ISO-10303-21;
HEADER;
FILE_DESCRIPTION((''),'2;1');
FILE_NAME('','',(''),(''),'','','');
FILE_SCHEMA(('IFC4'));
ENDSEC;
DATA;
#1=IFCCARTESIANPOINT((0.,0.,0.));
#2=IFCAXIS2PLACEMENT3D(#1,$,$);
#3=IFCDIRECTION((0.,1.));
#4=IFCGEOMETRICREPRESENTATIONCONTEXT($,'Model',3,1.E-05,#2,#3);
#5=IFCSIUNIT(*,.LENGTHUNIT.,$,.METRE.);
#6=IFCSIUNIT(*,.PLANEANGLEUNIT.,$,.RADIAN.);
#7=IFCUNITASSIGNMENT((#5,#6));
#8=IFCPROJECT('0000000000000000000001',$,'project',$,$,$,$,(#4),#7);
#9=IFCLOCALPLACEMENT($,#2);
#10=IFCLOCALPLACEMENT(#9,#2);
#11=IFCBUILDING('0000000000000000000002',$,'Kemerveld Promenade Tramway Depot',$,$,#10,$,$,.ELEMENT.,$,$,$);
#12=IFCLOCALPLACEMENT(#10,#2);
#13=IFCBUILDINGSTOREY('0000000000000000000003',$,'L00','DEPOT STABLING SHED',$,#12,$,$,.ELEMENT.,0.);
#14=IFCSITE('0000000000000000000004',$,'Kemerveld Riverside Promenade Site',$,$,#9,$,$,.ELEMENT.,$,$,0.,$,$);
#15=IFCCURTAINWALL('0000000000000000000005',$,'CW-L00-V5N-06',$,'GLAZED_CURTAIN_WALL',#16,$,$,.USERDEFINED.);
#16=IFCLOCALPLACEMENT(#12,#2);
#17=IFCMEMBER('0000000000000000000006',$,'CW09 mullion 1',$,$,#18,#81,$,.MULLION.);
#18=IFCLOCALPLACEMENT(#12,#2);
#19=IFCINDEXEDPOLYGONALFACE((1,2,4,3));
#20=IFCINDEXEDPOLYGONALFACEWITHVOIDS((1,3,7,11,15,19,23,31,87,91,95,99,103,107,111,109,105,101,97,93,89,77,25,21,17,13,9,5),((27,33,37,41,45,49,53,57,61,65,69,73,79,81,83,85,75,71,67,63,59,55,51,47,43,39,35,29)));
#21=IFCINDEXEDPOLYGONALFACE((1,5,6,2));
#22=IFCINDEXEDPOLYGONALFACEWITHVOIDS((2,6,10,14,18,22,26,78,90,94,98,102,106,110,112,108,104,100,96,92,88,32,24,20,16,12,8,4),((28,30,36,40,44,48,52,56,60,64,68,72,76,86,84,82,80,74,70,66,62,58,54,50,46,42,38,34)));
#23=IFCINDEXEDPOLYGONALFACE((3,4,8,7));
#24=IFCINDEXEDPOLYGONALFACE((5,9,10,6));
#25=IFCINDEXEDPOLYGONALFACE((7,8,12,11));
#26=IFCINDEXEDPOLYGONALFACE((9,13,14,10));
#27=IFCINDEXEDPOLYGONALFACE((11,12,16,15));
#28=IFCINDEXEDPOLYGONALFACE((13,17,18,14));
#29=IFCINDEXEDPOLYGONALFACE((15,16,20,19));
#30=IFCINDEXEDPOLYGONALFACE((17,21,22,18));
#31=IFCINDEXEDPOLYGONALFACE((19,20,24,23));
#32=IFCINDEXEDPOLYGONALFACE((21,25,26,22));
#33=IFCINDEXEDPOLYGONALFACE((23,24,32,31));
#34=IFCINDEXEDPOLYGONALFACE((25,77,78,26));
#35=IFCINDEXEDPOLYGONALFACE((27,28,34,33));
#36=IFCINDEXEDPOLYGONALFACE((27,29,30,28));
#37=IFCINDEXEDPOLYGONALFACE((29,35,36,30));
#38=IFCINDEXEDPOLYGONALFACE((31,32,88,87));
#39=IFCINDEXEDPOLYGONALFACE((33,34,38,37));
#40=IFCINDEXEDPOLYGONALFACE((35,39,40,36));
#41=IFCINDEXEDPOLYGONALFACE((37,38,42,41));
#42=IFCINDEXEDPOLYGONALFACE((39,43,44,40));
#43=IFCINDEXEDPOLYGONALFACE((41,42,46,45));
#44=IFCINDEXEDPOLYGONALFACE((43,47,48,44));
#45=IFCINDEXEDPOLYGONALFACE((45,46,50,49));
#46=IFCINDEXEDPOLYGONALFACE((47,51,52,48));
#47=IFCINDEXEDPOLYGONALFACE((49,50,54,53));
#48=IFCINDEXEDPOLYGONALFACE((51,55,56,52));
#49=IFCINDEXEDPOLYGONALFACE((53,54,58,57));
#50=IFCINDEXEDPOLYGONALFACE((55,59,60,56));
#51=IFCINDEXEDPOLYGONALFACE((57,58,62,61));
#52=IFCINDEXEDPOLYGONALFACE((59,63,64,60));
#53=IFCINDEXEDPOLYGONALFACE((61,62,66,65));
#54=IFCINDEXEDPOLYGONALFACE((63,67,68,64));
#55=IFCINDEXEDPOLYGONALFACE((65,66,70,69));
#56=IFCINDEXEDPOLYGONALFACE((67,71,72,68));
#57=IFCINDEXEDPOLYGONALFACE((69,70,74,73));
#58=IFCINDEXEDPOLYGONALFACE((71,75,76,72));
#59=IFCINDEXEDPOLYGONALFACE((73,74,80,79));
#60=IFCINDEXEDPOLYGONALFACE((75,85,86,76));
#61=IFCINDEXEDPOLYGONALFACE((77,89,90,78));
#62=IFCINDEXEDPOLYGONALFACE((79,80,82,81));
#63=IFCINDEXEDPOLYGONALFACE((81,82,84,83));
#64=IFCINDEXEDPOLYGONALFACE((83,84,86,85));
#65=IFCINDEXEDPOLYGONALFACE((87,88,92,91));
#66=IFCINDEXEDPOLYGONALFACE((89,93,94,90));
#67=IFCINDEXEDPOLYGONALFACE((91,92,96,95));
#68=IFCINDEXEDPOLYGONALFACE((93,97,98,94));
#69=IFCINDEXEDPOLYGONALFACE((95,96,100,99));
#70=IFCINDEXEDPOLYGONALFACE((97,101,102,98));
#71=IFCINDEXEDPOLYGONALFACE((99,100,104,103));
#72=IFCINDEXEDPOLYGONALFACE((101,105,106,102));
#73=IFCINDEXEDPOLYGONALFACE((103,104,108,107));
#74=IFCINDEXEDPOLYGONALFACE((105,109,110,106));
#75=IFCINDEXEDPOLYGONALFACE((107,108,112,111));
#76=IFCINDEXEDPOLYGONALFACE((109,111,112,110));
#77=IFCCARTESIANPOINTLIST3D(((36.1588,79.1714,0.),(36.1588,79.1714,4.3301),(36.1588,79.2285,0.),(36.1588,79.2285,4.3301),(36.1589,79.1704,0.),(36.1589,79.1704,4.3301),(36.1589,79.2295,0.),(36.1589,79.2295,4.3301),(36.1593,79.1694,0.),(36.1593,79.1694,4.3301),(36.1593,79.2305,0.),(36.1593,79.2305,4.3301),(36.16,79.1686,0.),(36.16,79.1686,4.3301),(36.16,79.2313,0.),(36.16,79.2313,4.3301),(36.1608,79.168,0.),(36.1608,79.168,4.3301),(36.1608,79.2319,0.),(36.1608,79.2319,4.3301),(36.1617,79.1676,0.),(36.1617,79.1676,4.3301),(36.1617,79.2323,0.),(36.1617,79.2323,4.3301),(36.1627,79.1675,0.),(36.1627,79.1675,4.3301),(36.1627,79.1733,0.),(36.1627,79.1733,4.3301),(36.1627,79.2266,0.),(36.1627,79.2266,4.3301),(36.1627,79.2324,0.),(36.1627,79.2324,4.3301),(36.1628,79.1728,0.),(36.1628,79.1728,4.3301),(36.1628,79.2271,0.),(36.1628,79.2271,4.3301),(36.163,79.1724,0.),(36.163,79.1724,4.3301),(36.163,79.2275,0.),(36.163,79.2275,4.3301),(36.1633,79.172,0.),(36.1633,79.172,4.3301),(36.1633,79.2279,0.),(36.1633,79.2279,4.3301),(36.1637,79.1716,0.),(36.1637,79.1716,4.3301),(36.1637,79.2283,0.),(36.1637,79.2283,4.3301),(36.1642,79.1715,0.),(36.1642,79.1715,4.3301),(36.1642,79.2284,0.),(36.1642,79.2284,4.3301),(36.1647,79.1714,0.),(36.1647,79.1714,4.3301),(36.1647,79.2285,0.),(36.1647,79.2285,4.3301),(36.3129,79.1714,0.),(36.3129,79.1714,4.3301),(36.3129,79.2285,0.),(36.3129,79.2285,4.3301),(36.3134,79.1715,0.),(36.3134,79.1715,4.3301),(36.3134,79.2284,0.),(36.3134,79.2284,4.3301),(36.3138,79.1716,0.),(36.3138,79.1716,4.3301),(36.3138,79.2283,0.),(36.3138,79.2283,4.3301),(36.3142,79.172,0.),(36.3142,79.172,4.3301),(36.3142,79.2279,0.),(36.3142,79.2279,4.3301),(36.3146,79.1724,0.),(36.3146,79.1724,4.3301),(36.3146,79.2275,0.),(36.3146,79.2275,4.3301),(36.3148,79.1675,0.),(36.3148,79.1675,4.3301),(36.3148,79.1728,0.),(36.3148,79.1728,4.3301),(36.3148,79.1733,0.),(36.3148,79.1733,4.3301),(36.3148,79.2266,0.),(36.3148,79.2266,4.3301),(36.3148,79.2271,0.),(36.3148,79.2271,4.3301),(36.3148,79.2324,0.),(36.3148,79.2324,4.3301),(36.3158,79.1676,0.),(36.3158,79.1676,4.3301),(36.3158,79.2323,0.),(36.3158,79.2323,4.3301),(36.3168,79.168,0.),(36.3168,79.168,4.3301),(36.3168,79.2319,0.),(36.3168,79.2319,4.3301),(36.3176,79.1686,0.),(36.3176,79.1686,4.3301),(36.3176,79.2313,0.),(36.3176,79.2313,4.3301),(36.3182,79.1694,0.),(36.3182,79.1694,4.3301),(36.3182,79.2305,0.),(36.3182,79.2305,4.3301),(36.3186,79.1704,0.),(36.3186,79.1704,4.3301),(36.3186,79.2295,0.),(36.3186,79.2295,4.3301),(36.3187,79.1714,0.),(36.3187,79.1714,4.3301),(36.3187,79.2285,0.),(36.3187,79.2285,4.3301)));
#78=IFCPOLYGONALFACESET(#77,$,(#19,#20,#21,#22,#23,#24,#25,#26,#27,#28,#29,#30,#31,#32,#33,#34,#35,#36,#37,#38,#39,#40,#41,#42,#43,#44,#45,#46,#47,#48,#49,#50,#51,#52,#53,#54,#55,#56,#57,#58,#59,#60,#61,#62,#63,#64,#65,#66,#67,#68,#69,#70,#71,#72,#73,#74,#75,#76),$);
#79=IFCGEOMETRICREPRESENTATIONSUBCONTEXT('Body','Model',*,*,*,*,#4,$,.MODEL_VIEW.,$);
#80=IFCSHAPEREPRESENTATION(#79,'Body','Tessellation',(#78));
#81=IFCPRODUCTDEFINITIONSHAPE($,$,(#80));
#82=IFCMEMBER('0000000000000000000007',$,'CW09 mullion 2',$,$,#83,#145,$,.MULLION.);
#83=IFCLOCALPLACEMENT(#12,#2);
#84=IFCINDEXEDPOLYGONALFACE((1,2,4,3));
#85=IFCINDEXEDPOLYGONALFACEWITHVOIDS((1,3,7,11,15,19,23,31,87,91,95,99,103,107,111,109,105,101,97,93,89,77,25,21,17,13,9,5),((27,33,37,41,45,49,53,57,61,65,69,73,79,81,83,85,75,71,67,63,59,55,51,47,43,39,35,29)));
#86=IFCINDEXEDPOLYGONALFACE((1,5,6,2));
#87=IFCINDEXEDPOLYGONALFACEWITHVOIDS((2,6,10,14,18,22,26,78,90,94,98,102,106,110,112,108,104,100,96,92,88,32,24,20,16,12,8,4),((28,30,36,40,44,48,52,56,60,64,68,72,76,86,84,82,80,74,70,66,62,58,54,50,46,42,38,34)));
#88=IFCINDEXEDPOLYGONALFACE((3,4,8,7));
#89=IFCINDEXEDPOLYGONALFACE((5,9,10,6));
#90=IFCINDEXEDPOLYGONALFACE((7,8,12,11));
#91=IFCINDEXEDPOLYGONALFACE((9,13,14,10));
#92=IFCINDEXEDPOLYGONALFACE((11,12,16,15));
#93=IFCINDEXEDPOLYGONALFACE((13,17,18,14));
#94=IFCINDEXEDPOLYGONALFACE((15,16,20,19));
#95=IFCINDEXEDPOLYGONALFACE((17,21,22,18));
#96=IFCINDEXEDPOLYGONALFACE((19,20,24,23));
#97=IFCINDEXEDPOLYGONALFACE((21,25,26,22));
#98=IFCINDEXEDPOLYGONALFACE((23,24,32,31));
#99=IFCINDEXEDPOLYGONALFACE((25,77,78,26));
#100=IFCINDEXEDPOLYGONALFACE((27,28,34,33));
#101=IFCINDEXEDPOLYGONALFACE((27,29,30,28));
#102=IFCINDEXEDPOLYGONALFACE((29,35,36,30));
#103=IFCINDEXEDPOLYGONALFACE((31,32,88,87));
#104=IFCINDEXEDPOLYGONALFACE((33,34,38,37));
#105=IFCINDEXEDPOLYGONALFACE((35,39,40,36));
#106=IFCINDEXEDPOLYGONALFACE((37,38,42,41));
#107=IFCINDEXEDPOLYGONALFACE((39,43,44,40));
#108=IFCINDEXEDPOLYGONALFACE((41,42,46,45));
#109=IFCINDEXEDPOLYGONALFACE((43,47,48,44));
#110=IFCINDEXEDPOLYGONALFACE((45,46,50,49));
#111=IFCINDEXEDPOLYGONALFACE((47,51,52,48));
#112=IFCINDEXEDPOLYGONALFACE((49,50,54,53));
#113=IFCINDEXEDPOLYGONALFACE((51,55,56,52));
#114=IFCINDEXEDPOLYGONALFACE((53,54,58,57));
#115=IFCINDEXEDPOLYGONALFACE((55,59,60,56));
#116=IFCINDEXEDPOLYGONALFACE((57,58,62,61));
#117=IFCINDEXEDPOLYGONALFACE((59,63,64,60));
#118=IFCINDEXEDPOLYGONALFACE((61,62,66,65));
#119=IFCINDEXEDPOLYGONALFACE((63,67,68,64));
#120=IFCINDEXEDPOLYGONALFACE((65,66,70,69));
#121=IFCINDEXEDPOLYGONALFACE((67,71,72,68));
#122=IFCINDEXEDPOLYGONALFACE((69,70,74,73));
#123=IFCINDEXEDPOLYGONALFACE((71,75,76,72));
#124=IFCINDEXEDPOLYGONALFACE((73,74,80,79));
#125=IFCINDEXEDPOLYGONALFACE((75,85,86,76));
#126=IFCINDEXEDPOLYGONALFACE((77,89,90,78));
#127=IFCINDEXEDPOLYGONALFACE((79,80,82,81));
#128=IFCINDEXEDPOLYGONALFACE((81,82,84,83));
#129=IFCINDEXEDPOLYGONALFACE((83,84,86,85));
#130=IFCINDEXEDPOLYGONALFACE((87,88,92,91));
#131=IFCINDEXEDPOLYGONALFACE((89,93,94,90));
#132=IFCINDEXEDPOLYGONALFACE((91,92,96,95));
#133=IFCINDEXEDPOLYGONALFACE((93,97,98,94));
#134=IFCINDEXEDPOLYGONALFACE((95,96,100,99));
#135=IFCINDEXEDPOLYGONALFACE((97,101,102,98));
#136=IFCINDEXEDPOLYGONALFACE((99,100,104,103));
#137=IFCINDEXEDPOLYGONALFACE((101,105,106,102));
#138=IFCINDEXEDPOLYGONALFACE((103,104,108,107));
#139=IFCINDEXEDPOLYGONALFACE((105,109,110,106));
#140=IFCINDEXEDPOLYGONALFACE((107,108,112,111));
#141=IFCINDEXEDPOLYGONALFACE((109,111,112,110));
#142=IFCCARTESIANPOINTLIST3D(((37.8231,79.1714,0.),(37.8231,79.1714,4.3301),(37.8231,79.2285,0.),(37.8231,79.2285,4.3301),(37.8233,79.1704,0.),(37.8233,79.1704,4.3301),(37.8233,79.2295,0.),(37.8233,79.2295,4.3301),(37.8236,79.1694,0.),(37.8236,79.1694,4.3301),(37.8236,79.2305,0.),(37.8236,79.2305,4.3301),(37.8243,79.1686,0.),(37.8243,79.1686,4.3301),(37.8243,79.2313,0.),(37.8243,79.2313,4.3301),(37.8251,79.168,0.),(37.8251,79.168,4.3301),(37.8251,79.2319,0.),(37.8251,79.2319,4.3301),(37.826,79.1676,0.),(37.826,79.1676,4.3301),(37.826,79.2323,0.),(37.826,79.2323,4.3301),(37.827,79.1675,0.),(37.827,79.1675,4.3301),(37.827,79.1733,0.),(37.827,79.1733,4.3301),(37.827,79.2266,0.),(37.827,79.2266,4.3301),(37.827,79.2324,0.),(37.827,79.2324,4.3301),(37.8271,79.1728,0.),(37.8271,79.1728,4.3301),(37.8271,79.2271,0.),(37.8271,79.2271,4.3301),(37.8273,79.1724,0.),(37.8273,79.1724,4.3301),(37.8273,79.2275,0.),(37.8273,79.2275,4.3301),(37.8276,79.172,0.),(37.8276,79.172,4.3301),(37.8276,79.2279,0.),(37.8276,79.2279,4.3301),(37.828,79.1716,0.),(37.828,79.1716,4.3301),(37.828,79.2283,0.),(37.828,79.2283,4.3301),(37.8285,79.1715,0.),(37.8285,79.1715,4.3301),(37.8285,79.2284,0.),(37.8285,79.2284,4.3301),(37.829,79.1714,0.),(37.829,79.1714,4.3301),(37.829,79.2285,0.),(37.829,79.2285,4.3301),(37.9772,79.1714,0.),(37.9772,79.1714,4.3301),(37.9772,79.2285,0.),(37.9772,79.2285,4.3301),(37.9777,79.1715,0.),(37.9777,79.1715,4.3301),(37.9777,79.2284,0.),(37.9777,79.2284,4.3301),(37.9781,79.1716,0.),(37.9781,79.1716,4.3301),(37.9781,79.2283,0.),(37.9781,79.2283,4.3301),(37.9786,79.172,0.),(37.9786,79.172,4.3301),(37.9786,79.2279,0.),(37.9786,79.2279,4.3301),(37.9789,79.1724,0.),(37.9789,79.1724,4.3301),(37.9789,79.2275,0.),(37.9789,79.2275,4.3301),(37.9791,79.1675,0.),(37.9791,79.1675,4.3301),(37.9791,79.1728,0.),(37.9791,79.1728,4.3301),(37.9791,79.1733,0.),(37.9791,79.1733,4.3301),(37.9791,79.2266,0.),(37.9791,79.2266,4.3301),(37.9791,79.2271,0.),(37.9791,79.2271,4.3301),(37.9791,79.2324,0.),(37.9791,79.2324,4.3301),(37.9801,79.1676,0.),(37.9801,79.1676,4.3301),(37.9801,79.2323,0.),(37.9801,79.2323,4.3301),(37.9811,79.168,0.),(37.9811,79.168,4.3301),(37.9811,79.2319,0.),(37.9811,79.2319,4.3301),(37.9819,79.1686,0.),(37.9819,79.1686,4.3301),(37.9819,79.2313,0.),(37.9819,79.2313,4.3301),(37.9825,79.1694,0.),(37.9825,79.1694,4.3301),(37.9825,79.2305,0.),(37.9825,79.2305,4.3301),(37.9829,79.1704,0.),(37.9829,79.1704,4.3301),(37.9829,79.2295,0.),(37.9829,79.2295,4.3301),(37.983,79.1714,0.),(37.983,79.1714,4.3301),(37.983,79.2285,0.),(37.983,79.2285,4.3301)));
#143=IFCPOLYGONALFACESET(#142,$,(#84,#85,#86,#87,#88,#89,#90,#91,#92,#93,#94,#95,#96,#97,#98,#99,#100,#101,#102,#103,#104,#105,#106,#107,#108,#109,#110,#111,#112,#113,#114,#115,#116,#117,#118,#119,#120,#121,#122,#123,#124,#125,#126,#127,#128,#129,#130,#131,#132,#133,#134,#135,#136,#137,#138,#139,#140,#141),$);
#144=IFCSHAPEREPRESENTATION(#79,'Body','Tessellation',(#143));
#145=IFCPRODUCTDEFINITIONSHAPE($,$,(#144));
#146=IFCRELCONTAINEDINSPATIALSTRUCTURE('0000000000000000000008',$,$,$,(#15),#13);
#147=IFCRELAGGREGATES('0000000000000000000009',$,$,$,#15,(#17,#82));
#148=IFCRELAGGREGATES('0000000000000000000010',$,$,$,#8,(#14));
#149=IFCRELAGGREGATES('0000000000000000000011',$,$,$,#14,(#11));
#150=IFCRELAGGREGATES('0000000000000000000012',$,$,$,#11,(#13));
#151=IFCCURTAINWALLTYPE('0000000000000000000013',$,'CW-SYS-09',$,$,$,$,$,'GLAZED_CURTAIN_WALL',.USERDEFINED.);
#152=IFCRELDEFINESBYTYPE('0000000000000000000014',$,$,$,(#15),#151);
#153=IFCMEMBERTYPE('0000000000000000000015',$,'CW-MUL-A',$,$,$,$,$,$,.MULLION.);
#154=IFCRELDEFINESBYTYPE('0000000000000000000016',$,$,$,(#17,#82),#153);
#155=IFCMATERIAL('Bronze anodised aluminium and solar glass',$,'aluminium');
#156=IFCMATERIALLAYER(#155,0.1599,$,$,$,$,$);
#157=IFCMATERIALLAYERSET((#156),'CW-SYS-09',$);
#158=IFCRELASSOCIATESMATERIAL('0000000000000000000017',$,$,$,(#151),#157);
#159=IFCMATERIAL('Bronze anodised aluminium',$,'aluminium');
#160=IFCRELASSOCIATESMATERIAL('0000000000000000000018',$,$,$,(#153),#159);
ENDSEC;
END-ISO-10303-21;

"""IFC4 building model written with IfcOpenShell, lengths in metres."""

from ifc_helpers import new_model, si_unit, direction, frame, origin, origin_2d, place, context, subcontext, project, spatial, hollow_rectangle, extrude, material, layer, layer_set, material_profile, profile_set, type_object, element, aggregate, save


model = new_model("IFC4")

# Units and contexts
model_context = context("Model", 3, precision=1e-05, world=origin(), true_north=direction((0.0, 1.0)))
body_context = subcontext(model_context, "Body", "Model", "MODEL_VIEW")
ifc_project = project(units=[si_unit("LENGTHUNIT", "METRE"), si_unit("PLANEANGLEUNIT", "RADIAN")], contexts=[model_context])

# Site, building, storey
site_placement = place(None, origin())
site = spatial("IfcSite", under=ifc_project, at=site_placement, Name="Kemerveld Riverside Promenade Site", CompositionType="ELEMENT", RefElevation=0.0)
building_placement = place(site_placement, origin())
building = spatial("IfcBuilding", under=site, at=building_placement, Name="Kemerveld Promenade Tramway Depot", CompositionType="ELEMENT")
storey_placement = place(building_placement, origin())
storey = spatial("IfcBuildingStorey", under=building, at=storey_placement, Name="L00", Description="DEPOT STABLING SHED", CompositionType="ELEMENT", Elevation=0.0)

# Curtain wall, members
ifc_material_1 = material(Name="Bronze anodised aluminium and solar glass", Category="aluminium")
ifc_layer_1 = layer(ifc_material_1, 0.1599)
ifc_layer_set_1 = layer_set([ifc_layer_1], Name="CW-SYS-09")
curtain_wall_type = type_object("IfcCurtainWallType", Name="CW-SYS-09", ElementType="GLAZED_CURTAIN_WALL", PredefinedType="USERDEFINED", material=ifc_layer_set_1)
curtain_wall_placement = place(storey_placement, origin())
curtain_wall = element("IfcCurtainWall", 1, at=curtain_wall_placement, inside=storey, type_object=curtain_wall_type, Name="CW-L00-V5N-06", ObjectType="GLAZED_CURTAIN_WALL", PredefinedType="USERDEFINED")
ifc_material_2 = material(Name="Bronze anodised aluminium", Category="aluminium")
ifc_material_profile_1 = material_profile(ifc_material_2, hollow_rectangle(XDim=0.0649, YDim=0.1599, WallThickness=0.0039, InnerFilletRadius=0.002, OuterFilletRadius=0.0039, at=origin_2d()), Name="CW-MUL-160x65")
ifc_profile_set_1 = profile_set([ifc_material_profile_1], Name="Bronze anodised aluminium")
member_type_1 = type_object("IfcMemberType", Name="CW-MUL-A", PredefinedType="MULLION", material=ifc_profile_set_1)
member_1_placement = place(storey_placement, frame((36.2388, 79.2, 0.0), z_axis=(0.0, 0.0, 1.0), x_axis=(0.0, 1.0, 0.0)))
member_1 = element("IfcMember", 2, at=member_1_placement, type_object=member_type_1, Name="CW09 mullion 1", PredefinedType="MULLION", context=body_context, shape_type="SweptSolid", body=[
    extrude(hollow_rectangle(XDim=0.0649, YDim=0.1599, WallThickness=0.0039, InnerFilletRadius=0.002, OuterFilletRadius=0.0039, at=origin_2d()), origin(), (0.0, 0.0, 1.0), 4.3301),
])
member_2_placement = place(storey_placement, frame((37.9031, 79.2, 0.0), z_axis=(0.0, 0.0, 1.0), x_axis=(0.0, 1.0, 0.0)))
member_2 = element("IfcMember", 3, at=member_2_placement, type_object=member_type_1, Name="CW09 mullion 2", PredefinedType="MULLION", context=body_context, shape_type="SweptSolid", body=[
    extrude(hollow_rectangle(XDim=0.0649, YDim=0.1599, WallThickness=0.0039, InnerFilletRadius=0.002, OuterFilletRadius=0.0039, at=origin_2d()), origin(), (0.0, 0.0, 1.0), 4.3301),
])
aggregate(curtain_wall, [member_1, member_2])

save(model, "model.ifc")
